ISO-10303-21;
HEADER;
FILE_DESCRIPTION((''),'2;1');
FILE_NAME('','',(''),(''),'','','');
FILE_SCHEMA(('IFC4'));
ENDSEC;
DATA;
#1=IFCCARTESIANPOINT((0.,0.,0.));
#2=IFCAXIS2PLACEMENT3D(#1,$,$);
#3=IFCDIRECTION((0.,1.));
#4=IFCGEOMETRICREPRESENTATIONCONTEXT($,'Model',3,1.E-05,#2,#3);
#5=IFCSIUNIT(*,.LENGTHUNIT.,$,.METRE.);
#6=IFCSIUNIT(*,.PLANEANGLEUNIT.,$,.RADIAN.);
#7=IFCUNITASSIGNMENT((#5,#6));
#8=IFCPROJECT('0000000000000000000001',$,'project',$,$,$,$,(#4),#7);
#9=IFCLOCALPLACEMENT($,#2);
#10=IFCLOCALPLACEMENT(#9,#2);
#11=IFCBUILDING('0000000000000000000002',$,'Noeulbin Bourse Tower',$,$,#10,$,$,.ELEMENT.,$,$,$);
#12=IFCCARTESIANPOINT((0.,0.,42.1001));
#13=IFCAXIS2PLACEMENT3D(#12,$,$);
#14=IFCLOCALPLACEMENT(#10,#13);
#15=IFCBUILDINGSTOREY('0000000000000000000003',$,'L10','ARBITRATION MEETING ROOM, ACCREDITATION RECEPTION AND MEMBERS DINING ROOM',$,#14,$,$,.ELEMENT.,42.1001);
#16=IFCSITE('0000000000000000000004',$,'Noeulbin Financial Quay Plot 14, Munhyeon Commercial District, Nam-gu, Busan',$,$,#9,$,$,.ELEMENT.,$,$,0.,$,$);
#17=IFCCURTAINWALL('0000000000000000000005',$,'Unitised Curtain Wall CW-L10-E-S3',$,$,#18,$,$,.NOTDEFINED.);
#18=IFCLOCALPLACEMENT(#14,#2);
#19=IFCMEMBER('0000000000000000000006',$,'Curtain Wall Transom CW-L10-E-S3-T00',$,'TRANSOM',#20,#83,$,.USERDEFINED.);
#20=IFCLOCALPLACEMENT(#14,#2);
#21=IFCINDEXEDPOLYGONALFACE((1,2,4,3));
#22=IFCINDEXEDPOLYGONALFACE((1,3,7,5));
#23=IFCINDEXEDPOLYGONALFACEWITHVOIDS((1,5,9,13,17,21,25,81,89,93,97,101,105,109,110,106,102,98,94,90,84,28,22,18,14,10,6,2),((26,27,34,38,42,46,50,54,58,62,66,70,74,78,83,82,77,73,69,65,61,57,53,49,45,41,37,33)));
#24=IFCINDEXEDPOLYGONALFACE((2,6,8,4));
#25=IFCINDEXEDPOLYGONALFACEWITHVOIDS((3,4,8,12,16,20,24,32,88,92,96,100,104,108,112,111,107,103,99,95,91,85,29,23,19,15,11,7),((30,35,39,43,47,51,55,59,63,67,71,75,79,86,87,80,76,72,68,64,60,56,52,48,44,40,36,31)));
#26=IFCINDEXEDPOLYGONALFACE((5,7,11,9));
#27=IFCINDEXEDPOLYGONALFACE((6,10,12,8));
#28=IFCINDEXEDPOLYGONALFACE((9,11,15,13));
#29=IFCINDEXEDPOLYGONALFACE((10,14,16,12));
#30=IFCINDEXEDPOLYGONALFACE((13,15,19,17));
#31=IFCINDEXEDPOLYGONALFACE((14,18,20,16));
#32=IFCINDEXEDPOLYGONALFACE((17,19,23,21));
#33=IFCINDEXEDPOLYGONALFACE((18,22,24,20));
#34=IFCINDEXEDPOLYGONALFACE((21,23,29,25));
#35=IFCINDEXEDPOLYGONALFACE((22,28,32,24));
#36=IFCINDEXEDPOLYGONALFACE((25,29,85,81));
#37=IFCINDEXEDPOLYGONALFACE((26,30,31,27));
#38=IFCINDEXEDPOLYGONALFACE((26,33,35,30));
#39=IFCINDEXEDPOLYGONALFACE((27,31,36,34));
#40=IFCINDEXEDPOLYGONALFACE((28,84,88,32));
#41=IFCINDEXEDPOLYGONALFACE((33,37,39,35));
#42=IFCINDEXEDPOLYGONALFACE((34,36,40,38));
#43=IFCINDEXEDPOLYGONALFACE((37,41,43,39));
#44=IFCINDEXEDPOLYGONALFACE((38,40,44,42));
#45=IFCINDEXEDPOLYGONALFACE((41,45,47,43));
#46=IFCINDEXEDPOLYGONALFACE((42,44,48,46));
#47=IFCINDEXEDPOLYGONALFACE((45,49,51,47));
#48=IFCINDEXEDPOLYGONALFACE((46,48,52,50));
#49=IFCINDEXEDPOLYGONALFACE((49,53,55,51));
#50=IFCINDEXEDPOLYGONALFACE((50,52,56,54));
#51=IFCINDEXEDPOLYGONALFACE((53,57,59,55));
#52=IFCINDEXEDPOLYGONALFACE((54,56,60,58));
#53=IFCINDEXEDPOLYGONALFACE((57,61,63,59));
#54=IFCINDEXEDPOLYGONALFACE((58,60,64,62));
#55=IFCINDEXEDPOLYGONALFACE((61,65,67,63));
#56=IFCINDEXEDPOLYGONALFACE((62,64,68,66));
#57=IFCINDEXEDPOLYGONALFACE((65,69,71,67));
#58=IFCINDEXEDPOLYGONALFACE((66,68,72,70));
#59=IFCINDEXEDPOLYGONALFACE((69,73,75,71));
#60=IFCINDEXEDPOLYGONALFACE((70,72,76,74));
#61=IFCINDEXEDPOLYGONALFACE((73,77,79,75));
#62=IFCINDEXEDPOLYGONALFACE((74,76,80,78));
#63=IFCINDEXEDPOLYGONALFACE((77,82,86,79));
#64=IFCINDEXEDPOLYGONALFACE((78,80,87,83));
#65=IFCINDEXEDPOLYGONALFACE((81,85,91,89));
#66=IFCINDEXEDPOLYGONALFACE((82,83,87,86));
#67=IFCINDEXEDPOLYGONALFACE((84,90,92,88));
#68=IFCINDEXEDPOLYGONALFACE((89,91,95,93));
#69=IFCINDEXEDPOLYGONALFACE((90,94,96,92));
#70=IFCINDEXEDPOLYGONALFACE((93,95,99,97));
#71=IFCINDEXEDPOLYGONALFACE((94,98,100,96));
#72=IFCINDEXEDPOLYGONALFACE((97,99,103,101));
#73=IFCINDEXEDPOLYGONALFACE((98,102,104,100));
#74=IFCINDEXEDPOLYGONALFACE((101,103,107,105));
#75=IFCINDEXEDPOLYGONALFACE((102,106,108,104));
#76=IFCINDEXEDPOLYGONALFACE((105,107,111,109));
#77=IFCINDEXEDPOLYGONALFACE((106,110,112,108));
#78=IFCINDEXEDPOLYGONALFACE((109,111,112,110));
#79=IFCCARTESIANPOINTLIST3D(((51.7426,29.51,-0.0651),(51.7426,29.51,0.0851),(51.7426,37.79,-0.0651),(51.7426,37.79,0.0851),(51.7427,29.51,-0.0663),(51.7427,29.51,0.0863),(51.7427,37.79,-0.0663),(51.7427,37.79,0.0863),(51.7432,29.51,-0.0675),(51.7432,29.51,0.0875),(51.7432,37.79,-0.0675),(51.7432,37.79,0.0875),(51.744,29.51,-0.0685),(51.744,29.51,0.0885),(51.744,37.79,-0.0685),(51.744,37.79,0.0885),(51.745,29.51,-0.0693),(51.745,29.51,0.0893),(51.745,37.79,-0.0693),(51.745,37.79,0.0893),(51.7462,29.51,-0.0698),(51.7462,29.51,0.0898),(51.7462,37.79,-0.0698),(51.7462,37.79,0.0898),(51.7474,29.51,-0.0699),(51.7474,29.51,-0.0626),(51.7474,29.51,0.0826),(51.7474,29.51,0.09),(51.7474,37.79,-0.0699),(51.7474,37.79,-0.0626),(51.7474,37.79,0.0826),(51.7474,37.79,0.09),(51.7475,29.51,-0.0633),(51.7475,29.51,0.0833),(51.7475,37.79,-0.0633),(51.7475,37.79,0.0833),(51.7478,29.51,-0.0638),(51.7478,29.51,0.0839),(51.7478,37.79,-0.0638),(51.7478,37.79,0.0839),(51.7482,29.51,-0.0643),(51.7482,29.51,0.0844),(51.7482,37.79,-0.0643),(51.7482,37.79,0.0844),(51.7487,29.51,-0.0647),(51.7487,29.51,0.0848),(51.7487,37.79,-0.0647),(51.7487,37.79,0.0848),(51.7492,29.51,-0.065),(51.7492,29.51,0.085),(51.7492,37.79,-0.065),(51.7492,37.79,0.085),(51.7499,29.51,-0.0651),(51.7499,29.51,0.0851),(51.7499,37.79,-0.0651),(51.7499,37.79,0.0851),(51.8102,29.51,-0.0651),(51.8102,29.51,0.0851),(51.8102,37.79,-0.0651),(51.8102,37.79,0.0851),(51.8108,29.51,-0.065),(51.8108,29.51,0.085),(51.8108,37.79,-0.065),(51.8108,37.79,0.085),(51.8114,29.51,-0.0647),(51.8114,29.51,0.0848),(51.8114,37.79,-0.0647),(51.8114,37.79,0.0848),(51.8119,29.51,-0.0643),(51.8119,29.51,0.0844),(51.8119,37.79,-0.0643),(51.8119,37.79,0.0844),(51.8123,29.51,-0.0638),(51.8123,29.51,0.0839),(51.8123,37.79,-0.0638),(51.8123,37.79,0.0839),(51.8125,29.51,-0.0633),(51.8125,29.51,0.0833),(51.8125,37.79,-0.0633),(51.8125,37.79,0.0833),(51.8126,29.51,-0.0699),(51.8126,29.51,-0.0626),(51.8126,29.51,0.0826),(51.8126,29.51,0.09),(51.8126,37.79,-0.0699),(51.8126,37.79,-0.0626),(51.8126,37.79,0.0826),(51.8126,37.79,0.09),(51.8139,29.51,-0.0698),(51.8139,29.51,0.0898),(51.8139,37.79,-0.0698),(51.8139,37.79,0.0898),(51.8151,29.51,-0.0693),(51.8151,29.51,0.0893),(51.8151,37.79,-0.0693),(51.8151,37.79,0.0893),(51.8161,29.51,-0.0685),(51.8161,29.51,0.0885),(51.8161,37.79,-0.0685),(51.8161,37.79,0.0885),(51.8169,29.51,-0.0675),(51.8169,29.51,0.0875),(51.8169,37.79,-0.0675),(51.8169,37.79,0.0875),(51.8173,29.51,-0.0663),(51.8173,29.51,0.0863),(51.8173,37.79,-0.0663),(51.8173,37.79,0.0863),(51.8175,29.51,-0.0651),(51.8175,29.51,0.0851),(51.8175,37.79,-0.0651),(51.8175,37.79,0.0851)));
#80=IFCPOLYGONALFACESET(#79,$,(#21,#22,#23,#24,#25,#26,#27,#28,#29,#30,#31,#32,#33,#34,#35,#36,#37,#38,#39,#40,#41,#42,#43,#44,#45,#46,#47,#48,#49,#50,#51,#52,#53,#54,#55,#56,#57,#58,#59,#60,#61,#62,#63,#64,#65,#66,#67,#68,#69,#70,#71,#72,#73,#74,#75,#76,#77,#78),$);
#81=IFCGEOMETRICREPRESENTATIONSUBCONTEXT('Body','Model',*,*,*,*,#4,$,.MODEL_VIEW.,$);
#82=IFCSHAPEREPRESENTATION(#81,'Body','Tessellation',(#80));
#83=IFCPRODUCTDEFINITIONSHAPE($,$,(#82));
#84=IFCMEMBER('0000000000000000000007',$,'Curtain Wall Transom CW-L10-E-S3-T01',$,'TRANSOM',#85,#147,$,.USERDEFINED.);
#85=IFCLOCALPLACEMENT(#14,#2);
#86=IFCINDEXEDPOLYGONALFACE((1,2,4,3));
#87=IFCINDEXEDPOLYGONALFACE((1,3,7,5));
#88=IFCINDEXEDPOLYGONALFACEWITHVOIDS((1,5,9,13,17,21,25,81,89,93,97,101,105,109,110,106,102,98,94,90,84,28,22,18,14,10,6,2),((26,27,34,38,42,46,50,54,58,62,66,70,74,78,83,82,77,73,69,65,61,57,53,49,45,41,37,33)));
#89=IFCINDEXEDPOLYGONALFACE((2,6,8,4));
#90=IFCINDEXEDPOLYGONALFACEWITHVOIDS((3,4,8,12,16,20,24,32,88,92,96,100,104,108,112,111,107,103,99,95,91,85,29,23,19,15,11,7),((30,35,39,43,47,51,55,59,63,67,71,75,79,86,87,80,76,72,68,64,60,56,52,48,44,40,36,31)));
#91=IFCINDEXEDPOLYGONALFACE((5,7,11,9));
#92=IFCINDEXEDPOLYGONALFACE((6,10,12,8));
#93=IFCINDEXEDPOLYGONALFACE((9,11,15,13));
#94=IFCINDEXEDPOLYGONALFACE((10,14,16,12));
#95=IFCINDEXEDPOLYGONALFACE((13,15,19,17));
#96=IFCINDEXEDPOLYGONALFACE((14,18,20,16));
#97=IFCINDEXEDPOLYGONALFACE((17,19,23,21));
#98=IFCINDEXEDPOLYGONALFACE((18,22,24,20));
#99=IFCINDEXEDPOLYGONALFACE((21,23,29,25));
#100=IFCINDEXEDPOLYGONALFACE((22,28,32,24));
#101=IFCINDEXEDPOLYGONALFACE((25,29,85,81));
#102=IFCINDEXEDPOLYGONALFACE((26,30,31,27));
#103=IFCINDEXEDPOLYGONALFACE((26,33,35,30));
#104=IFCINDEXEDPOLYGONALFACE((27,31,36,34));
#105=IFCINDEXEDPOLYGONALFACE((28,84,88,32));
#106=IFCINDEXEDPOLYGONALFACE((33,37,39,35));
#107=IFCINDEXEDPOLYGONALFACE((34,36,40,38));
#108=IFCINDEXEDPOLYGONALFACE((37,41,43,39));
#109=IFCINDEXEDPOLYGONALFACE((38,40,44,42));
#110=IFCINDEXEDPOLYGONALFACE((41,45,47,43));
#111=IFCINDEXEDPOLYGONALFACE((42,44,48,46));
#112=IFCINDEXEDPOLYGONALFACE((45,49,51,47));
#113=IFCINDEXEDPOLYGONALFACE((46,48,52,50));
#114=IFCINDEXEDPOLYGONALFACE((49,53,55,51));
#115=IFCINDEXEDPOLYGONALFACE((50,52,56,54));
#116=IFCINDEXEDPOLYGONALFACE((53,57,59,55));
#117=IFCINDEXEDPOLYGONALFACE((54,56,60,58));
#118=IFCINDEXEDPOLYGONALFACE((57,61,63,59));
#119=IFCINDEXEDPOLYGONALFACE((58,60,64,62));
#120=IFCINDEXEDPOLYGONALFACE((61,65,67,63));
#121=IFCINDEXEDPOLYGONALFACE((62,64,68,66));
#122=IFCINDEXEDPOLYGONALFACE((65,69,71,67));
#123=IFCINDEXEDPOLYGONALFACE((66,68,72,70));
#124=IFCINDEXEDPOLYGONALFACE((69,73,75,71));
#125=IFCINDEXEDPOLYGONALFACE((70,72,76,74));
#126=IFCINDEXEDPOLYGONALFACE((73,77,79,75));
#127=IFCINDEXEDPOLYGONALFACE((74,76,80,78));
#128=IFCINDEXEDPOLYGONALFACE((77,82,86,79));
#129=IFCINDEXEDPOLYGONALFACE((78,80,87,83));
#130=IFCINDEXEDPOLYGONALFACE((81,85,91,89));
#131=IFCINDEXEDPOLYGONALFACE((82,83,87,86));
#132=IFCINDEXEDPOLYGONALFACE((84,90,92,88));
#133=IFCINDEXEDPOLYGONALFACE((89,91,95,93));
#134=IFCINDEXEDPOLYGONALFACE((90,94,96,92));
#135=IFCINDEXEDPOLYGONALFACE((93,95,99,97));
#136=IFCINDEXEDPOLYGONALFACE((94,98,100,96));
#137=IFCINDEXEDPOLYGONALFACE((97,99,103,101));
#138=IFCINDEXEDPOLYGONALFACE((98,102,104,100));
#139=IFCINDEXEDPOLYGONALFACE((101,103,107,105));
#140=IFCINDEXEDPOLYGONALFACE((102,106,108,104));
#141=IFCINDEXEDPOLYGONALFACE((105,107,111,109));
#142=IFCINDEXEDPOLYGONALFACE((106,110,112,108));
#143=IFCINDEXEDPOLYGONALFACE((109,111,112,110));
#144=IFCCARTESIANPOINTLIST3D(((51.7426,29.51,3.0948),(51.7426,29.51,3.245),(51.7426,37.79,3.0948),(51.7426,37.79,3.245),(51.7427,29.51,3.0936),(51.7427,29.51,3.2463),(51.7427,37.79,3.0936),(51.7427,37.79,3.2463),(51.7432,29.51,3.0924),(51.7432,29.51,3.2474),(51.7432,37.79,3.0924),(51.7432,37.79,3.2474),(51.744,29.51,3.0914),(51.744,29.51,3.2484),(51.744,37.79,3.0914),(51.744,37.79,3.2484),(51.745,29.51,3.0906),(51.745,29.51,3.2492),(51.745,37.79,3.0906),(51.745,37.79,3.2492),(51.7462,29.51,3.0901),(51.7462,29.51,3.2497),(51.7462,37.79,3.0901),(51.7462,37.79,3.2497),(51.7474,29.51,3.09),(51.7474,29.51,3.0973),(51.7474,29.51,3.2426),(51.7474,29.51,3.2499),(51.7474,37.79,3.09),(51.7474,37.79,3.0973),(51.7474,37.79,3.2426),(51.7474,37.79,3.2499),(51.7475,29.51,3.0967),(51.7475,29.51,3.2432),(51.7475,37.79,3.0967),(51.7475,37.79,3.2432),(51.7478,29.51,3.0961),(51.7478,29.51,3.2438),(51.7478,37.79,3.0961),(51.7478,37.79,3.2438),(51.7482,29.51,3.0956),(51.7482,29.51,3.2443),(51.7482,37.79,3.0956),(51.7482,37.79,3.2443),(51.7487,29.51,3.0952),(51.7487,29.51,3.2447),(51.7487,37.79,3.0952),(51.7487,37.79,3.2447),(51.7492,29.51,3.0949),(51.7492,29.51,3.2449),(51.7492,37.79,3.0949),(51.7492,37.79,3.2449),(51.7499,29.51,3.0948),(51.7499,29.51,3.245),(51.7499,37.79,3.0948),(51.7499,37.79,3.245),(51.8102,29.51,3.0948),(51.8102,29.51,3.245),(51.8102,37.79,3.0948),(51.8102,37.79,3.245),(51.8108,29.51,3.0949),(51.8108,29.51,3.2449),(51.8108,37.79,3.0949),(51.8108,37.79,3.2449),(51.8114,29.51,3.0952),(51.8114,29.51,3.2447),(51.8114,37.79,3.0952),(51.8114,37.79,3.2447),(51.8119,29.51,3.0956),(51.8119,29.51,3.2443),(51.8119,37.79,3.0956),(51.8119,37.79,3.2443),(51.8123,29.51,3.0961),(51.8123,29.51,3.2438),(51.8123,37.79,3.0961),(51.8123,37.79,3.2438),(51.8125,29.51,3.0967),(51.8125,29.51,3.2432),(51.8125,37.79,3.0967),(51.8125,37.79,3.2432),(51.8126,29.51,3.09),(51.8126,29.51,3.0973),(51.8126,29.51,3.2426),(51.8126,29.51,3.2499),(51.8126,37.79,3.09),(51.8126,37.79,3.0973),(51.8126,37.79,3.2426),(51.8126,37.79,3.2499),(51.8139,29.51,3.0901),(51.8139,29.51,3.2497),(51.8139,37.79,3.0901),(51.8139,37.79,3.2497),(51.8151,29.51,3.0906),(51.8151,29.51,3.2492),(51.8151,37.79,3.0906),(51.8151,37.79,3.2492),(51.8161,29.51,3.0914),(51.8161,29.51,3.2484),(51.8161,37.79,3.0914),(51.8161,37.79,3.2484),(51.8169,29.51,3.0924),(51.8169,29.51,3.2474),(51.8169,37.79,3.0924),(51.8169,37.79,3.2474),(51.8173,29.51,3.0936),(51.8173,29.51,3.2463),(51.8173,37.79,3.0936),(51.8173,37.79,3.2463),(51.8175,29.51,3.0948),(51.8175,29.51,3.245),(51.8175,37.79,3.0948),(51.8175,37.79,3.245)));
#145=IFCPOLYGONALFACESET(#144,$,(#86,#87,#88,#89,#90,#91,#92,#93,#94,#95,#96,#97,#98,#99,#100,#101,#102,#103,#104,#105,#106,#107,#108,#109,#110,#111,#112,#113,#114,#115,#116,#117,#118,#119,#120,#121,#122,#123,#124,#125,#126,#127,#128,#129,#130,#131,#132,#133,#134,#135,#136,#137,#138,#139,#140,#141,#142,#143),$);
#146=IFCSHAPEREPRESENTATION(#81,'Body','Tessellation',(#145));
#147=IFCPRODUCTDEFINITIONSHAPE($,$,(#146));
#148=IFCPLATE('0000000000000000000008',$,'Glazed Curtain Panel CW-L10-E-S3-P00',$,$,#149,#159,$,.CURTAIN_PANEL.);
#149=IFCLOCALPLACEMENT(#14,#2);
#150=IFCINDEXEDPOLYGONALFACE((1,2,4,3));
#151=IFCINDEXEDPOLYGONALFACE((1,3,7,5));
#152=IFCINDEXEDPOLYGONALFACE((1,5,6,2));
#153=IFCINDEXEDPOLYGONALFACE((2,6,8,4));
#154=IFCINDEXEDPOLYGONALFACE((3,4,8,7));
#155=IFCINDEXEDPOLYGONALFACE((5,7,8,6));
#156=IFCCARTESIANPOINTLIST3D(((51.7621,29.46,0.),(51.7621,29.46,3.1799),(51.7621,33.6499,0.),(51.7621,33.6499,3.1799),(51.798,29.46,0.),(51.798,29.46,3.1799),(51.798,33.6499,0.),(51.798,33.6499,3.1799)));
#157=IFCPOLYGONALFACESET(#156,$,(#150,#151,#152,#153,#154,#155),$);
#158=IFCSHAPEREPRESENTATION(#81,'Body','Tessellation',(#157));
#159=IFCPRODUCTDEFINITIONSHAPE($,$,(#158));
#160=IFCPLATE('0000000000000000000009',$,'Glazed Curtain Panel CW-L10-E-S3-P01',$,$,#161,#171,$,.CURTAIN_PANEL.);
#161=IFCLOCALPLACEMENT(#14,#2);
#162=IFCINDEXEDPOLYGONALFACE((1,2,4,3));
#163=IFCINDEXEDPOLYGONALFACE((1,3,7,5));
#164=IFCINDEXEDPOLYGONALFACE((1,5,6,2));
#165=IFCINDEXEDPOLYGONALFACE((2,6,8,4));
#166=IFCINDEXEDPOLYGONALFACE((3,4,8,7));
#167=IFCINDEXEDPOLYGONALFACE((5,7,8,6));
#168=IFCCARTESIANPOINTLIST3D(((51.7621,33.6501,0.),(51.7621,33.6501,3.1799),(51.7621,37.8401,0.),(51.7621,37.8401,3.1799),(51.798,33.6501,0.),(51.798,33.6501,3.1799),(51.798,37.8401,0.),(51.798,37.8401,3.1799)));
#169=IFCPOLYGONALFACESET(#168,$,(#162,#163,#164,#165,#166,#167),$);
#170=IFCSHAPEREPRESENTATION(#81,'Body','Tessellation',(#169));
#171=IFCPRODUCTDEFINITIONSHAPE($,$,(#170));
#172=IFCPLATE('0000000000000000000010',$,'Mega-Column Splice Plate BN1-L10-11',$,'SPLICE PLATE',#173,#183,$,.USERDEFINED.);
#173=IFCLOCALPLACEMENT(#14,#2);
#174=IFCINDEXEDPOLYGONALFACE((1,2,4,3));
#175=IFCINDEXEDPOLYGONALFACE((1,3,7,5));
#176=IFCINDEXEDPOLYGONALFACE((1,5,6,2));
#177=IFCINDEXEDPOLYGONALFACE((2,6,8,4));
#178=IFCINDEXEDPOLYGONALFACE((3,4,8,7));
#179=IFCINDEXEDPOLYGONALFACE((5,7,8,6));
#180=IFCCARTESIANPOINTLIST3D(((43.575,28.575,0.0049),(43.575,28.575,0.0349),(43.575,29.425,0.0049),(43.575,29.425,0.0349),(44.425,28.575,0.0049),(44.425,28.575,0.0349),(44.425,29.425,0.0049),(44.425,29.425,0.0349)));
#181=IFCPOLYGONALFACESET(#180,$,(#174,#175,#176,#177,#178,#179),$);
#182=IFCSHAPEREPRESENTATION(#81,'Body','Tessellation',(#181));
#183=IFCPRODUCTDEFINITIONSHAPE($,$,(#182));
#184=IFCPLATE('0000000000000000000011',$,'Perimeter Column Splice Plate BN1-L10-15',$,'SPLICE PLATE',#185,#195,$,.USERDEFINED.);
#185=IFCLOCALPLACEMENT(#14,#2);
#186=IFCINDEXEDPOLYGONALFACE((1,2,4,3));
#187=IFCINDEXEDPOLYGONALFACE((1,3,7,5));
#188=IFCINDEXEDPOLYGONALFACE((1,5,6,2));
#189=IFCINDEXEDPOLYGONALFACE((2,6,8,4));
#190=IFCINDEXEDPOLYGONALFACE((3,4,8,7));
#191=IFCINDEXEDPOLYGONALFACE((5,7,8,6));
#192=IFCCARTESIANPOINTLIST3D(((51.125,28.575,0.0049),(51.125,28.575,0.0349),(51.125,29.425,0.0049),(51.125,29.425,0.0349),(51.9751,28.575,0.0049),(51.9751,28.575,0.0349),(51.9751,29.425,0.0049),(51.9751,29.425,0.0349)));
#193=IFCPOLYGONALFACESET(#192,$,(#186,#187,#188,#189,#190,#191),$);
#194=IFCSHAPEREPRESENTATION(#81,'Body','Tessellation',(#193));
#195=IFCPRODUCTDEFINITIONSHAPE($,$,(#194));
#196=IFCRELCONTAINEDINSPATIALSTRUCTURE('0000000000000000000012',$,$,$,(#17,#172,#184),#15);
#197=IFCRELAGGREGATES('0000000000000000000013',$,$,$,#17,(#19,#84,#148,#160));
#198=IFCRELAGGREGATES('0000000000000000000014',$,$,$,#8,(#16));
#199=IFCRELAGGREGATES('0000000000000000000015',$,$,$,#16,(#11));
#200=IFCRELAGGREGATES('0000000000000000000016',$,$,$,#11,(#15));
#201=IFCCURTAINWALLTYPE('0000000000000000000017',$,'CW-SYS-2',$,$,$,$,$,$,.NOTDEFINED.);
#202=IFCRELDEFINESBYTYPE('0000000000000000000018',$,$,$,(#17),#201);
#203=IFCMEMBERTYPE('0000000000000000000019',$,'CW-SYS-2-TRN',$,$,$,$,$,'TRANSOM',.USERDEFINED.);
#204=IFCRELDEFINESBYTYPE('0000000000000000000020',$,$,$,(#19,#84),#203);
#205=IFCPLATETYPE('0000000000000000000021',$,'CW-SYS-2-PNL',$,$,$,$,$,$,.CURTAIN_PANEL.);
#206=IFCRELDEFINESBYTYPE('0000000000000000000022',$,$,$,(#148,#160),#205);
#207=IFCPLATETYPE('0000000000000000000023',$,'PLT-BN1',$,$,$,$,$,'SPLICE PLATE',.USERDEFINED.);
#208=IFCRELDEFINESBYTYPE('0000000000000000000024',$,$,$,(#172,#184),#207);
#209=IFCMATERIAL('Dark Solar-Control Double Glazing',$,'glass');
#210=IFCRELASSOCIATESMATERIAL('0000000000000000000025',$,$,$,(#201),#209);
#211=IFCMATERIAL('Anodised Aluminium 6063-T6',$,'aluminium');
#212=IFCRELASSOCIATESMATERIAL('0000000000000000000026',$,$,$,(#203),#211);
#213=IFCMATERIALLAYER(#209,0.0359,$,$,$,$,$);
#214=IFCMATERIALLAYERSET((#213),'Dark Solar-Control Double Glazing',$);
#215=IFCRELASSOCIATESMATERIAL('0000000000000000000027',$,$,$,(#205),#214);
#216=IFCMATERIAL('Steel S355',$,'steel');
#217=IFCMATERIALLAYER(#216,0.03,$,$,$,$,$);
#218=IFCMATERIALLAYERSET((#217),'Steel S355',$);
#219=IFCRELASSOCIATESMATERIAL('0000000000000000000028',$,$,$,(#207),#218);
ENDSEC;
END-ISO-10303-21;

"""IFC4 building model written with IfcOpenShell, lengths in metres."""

from ifc_helpers import new_model, si_unit, direction, frame, origin, origin_2d, place, context, subcontext, project, spatial, rectangle, hollow_rectangle, extrude, material, layer, layer_set, material_profile, profile_set, type_object, element, aggregate, save


model = new_model("IFC4")

# Units and contexts
model_context = context("Model", 3, precision=1e-05, world=origin(), true_north=direction((0.0, 1.0)))
body_context = subcontext(model_context, "Body", "Model", "MODEL_VIEW")
ifc_project = project(units=[si_unit("LENGTHUNIT", "METRE"), si_unit("PLANEANGLEUNIT", "RADIAN")], contexts=[model_context])

# Site, building, storey
site_placement = place(None, origin())
site = spatial("IfcSite", under=ifc_project, at=site_placement, Name="Noeulbin Financial Quay Plot 14, Munhyeon Commercial District, Nam-gu, Busan", CompositionType="ELEMENT", RefElevation=0.0)
building_placement = place(site_placement, origin())
building = spatial("IfcBuilding", under=site, at=building_placement, Name="Noeulbin Bourse Tower", CompositionType="ELEMENT")
storey_placement = place(building_placement, frame((0.0, 0.0, 42.1001)))
storey = spatial("IfcBuildingStorey", under=building, at=storey_placement, Name="L10", Description="ARBITRATION MEETING ROOM, ACCREDITATION RECEPTION AND MEMBERS DINING ROOM", CompositionType="ELEMENT", Elevation=42.1001)

# Shared definitions
ifc_material_1 = material(Name="Steel S355", Category="steel")

# Curtain wall, members, plates
ifc_material_2 = material(Name="Dark Solar-Control Double Glazing", Category="glass")
curtain_wall_type = type_object("IfcCurtainWallType", Name="CW-SYS-2", PredefinedType="NOTDEFINED", material=ifc_material_2)
curtain_wall_placement = place(storey_placement, origin())
curtain_wall = element("IfcCurtainWall", 1, at=curtain_wall_placement, inside=storey, type_object=curtain_wall_type, Name="Unitised Curtain Wall CW-L10-E-S3", PredefinedType="NOTDEFINED")
ifc_material_3 = material(Name="Anodised Aluminium 6063-T6", Category="aluminium")
ifc_material_profile_1 = material_profile(ifc_material_3, hollow_rectangle(XDim=0.075, YDim=0.1599, WallThickness=0.0049, InnerFilletRadius=0.0024, OuterFilletRadius=0.0049, at=origin_2d()), Name="ALU-TRAN-75x160x5", Category="LoadBearing")
ifc_profile_set_1 = profile_set([ifc_material_profile_1], Name="Anodised Aluminium 6063-T6")
member_type_1 = type_object("IfcMemberType", Name="CW-SYS-2-TRN", ElementType="TRANSOM", PredefinedType="USERDEFINED", material=ifc_profile_set_1)
member_1_placement = place(storey_placement, frame((51.78, 29.51, 0.01), z_axis=(0.0, 1.0, 0.0), x_axis=(-1.0, 0.0, 0.0)))
member_1 = element("IfcMember", 2, at=member_1_placement, type_object=member_type_1, Name="Curtain Wall Transom CW-L10-E-S3-T00", ObjectType="TRANSOM", PredefinedType="USERDEFINED", context=body_context, shape_type="SweptSolid", body=[
    extrude(hollow_rectangle(XDim=0.075, YDim=0.1599, WallThickness=0.0049, InnerFilletRadius=0.0024, OuterFilletRadius=0.0049, at=origin_2d()), origin(), (0.0, 0.0, 1.0), 8.28),
])
member_2_placement = place(storey_placement, frame((51.78, 29.51, 3.1699), z_axis=(0.0, 1.0, 0.0), x_axis=(-1.0, 0.0, 0.0)))
member_2 = element("IfcMember", 3, at=member_2_placement, type_object=member_type_1, Name="Curtain Wall Transom CW-L10-E-S3-T01", ObjectType="TRANSOM", PredefinedType="USERDEFINED", context=body_context, shape_type="SweptSolid", body=[
    extrude(hollow_rectangle(XDim=0.075, YDim=0.1599, WallThickness=0.0049, InnerFilletRadius=0.0024, OuterFilletRadius=0.0049, at=origin_2d()), origin(), (0.0, 0.0, 1.0), 8.28),
])
ifc_layer_1 = layer(ifc_material_2, 0.0359)
ifc_layer_set_1 = layer_set([ifc_layer_1], Name="Dark Solar-Control Double Glazing")
plate_type_1 = type_object("IfcPlateType", Name="CW-SYS-2-PNL", PredefinedType="CURTAIN_PANEL", material=ifc_layer_set_1)
plate_1_placement = place(storey_placement, frame((51.78, 31.5549, 0.0), z_axis=(0.0, 0.0, 1.0), x_axis=(0.0, 1.0, 0.0)))
plate_1 = element("IfcPlate", 4, at=plate_1_placement, type_object=plate_type_1, Name="Glazed Curtain Panel CW-L10-E-S3-P00", PredefinedType="CURTAIN_PANEL", context=body_context, shape_type="SweptSolid", body=[
    extrude(rectangle(XDim=4.1899, YDim=0.0359, at=origin_2d()), origin(), (0.0, 0.0, 1.0), 3.1799),
])
plate_2_placement = place(storey_placement, frame((51.78, 35.7451, 0.0), z_axis=(0.0, 0.0, 1.0), x_axis=(0.0, 1.0, 0.0)))
plate_2 = element("IfcPlate", 5, at=plate_2_placement, type_object=plate_type_1, Name="Glazed Curtain Panel CW-L10-E-S3-P01", PredefinedType="CURTAIN_PANEL", context=body_context, shape_type="SweptSolid", body=[
    extrude(rectangle(XDim=4.1899, YDim=0.0359, at=origin_2d()), origin(), (0.0, 0.0, 1.0), 3.1799),
])
aggregate(curtain_wall, [member_1, member_2, plate_1, plate_2])

# Plates
ifc_layer_2 = layer(ifc_material_1, 0.03)
ifc_layer_set_2 = layer_set([ifc_layer_2], Name="Steel S355")
plate_type_2 = type_object("IfcPlateType", Name="PLT-BN1", ElementType="SPLICE PLATE", PredefinedType="USERDEFINED", material=ifc_layer_set_2)
for number, where, z_axis, x_axis, name in (
    (6, (44.0, 29.0, 0.0049), (0.0, 0.0, 1.0), (1.0, 0.0, 0.0), "Mega-Column Splice Plate BN1-L10-11"),
    (7, (51.55, 29.0, 0.0049), (0.0, 0.0, 1.0), (1.0, 0.0, 0.0), "Perimeter Column Splice Plate BN1-L10-15"),
):
    element("IfcPlate", number, at=place(storey_placement, frame(where, z_axis=z_axis, x_axis=x_axis)), inside=storey, type_object=plate_type_2, Name=name, ObjectType="SPLICE PLATE", PredefinedType="USERDEFINED", context=body_context, shape_type="SweptSolid", body=[
        extrude(rectangle(XDim=0.8501, YDim=0.8501, at=origin_2d()), origin(), (0.0, 0.0, 1.0), 0.03),
    ])

save(model, "model.ifc")
